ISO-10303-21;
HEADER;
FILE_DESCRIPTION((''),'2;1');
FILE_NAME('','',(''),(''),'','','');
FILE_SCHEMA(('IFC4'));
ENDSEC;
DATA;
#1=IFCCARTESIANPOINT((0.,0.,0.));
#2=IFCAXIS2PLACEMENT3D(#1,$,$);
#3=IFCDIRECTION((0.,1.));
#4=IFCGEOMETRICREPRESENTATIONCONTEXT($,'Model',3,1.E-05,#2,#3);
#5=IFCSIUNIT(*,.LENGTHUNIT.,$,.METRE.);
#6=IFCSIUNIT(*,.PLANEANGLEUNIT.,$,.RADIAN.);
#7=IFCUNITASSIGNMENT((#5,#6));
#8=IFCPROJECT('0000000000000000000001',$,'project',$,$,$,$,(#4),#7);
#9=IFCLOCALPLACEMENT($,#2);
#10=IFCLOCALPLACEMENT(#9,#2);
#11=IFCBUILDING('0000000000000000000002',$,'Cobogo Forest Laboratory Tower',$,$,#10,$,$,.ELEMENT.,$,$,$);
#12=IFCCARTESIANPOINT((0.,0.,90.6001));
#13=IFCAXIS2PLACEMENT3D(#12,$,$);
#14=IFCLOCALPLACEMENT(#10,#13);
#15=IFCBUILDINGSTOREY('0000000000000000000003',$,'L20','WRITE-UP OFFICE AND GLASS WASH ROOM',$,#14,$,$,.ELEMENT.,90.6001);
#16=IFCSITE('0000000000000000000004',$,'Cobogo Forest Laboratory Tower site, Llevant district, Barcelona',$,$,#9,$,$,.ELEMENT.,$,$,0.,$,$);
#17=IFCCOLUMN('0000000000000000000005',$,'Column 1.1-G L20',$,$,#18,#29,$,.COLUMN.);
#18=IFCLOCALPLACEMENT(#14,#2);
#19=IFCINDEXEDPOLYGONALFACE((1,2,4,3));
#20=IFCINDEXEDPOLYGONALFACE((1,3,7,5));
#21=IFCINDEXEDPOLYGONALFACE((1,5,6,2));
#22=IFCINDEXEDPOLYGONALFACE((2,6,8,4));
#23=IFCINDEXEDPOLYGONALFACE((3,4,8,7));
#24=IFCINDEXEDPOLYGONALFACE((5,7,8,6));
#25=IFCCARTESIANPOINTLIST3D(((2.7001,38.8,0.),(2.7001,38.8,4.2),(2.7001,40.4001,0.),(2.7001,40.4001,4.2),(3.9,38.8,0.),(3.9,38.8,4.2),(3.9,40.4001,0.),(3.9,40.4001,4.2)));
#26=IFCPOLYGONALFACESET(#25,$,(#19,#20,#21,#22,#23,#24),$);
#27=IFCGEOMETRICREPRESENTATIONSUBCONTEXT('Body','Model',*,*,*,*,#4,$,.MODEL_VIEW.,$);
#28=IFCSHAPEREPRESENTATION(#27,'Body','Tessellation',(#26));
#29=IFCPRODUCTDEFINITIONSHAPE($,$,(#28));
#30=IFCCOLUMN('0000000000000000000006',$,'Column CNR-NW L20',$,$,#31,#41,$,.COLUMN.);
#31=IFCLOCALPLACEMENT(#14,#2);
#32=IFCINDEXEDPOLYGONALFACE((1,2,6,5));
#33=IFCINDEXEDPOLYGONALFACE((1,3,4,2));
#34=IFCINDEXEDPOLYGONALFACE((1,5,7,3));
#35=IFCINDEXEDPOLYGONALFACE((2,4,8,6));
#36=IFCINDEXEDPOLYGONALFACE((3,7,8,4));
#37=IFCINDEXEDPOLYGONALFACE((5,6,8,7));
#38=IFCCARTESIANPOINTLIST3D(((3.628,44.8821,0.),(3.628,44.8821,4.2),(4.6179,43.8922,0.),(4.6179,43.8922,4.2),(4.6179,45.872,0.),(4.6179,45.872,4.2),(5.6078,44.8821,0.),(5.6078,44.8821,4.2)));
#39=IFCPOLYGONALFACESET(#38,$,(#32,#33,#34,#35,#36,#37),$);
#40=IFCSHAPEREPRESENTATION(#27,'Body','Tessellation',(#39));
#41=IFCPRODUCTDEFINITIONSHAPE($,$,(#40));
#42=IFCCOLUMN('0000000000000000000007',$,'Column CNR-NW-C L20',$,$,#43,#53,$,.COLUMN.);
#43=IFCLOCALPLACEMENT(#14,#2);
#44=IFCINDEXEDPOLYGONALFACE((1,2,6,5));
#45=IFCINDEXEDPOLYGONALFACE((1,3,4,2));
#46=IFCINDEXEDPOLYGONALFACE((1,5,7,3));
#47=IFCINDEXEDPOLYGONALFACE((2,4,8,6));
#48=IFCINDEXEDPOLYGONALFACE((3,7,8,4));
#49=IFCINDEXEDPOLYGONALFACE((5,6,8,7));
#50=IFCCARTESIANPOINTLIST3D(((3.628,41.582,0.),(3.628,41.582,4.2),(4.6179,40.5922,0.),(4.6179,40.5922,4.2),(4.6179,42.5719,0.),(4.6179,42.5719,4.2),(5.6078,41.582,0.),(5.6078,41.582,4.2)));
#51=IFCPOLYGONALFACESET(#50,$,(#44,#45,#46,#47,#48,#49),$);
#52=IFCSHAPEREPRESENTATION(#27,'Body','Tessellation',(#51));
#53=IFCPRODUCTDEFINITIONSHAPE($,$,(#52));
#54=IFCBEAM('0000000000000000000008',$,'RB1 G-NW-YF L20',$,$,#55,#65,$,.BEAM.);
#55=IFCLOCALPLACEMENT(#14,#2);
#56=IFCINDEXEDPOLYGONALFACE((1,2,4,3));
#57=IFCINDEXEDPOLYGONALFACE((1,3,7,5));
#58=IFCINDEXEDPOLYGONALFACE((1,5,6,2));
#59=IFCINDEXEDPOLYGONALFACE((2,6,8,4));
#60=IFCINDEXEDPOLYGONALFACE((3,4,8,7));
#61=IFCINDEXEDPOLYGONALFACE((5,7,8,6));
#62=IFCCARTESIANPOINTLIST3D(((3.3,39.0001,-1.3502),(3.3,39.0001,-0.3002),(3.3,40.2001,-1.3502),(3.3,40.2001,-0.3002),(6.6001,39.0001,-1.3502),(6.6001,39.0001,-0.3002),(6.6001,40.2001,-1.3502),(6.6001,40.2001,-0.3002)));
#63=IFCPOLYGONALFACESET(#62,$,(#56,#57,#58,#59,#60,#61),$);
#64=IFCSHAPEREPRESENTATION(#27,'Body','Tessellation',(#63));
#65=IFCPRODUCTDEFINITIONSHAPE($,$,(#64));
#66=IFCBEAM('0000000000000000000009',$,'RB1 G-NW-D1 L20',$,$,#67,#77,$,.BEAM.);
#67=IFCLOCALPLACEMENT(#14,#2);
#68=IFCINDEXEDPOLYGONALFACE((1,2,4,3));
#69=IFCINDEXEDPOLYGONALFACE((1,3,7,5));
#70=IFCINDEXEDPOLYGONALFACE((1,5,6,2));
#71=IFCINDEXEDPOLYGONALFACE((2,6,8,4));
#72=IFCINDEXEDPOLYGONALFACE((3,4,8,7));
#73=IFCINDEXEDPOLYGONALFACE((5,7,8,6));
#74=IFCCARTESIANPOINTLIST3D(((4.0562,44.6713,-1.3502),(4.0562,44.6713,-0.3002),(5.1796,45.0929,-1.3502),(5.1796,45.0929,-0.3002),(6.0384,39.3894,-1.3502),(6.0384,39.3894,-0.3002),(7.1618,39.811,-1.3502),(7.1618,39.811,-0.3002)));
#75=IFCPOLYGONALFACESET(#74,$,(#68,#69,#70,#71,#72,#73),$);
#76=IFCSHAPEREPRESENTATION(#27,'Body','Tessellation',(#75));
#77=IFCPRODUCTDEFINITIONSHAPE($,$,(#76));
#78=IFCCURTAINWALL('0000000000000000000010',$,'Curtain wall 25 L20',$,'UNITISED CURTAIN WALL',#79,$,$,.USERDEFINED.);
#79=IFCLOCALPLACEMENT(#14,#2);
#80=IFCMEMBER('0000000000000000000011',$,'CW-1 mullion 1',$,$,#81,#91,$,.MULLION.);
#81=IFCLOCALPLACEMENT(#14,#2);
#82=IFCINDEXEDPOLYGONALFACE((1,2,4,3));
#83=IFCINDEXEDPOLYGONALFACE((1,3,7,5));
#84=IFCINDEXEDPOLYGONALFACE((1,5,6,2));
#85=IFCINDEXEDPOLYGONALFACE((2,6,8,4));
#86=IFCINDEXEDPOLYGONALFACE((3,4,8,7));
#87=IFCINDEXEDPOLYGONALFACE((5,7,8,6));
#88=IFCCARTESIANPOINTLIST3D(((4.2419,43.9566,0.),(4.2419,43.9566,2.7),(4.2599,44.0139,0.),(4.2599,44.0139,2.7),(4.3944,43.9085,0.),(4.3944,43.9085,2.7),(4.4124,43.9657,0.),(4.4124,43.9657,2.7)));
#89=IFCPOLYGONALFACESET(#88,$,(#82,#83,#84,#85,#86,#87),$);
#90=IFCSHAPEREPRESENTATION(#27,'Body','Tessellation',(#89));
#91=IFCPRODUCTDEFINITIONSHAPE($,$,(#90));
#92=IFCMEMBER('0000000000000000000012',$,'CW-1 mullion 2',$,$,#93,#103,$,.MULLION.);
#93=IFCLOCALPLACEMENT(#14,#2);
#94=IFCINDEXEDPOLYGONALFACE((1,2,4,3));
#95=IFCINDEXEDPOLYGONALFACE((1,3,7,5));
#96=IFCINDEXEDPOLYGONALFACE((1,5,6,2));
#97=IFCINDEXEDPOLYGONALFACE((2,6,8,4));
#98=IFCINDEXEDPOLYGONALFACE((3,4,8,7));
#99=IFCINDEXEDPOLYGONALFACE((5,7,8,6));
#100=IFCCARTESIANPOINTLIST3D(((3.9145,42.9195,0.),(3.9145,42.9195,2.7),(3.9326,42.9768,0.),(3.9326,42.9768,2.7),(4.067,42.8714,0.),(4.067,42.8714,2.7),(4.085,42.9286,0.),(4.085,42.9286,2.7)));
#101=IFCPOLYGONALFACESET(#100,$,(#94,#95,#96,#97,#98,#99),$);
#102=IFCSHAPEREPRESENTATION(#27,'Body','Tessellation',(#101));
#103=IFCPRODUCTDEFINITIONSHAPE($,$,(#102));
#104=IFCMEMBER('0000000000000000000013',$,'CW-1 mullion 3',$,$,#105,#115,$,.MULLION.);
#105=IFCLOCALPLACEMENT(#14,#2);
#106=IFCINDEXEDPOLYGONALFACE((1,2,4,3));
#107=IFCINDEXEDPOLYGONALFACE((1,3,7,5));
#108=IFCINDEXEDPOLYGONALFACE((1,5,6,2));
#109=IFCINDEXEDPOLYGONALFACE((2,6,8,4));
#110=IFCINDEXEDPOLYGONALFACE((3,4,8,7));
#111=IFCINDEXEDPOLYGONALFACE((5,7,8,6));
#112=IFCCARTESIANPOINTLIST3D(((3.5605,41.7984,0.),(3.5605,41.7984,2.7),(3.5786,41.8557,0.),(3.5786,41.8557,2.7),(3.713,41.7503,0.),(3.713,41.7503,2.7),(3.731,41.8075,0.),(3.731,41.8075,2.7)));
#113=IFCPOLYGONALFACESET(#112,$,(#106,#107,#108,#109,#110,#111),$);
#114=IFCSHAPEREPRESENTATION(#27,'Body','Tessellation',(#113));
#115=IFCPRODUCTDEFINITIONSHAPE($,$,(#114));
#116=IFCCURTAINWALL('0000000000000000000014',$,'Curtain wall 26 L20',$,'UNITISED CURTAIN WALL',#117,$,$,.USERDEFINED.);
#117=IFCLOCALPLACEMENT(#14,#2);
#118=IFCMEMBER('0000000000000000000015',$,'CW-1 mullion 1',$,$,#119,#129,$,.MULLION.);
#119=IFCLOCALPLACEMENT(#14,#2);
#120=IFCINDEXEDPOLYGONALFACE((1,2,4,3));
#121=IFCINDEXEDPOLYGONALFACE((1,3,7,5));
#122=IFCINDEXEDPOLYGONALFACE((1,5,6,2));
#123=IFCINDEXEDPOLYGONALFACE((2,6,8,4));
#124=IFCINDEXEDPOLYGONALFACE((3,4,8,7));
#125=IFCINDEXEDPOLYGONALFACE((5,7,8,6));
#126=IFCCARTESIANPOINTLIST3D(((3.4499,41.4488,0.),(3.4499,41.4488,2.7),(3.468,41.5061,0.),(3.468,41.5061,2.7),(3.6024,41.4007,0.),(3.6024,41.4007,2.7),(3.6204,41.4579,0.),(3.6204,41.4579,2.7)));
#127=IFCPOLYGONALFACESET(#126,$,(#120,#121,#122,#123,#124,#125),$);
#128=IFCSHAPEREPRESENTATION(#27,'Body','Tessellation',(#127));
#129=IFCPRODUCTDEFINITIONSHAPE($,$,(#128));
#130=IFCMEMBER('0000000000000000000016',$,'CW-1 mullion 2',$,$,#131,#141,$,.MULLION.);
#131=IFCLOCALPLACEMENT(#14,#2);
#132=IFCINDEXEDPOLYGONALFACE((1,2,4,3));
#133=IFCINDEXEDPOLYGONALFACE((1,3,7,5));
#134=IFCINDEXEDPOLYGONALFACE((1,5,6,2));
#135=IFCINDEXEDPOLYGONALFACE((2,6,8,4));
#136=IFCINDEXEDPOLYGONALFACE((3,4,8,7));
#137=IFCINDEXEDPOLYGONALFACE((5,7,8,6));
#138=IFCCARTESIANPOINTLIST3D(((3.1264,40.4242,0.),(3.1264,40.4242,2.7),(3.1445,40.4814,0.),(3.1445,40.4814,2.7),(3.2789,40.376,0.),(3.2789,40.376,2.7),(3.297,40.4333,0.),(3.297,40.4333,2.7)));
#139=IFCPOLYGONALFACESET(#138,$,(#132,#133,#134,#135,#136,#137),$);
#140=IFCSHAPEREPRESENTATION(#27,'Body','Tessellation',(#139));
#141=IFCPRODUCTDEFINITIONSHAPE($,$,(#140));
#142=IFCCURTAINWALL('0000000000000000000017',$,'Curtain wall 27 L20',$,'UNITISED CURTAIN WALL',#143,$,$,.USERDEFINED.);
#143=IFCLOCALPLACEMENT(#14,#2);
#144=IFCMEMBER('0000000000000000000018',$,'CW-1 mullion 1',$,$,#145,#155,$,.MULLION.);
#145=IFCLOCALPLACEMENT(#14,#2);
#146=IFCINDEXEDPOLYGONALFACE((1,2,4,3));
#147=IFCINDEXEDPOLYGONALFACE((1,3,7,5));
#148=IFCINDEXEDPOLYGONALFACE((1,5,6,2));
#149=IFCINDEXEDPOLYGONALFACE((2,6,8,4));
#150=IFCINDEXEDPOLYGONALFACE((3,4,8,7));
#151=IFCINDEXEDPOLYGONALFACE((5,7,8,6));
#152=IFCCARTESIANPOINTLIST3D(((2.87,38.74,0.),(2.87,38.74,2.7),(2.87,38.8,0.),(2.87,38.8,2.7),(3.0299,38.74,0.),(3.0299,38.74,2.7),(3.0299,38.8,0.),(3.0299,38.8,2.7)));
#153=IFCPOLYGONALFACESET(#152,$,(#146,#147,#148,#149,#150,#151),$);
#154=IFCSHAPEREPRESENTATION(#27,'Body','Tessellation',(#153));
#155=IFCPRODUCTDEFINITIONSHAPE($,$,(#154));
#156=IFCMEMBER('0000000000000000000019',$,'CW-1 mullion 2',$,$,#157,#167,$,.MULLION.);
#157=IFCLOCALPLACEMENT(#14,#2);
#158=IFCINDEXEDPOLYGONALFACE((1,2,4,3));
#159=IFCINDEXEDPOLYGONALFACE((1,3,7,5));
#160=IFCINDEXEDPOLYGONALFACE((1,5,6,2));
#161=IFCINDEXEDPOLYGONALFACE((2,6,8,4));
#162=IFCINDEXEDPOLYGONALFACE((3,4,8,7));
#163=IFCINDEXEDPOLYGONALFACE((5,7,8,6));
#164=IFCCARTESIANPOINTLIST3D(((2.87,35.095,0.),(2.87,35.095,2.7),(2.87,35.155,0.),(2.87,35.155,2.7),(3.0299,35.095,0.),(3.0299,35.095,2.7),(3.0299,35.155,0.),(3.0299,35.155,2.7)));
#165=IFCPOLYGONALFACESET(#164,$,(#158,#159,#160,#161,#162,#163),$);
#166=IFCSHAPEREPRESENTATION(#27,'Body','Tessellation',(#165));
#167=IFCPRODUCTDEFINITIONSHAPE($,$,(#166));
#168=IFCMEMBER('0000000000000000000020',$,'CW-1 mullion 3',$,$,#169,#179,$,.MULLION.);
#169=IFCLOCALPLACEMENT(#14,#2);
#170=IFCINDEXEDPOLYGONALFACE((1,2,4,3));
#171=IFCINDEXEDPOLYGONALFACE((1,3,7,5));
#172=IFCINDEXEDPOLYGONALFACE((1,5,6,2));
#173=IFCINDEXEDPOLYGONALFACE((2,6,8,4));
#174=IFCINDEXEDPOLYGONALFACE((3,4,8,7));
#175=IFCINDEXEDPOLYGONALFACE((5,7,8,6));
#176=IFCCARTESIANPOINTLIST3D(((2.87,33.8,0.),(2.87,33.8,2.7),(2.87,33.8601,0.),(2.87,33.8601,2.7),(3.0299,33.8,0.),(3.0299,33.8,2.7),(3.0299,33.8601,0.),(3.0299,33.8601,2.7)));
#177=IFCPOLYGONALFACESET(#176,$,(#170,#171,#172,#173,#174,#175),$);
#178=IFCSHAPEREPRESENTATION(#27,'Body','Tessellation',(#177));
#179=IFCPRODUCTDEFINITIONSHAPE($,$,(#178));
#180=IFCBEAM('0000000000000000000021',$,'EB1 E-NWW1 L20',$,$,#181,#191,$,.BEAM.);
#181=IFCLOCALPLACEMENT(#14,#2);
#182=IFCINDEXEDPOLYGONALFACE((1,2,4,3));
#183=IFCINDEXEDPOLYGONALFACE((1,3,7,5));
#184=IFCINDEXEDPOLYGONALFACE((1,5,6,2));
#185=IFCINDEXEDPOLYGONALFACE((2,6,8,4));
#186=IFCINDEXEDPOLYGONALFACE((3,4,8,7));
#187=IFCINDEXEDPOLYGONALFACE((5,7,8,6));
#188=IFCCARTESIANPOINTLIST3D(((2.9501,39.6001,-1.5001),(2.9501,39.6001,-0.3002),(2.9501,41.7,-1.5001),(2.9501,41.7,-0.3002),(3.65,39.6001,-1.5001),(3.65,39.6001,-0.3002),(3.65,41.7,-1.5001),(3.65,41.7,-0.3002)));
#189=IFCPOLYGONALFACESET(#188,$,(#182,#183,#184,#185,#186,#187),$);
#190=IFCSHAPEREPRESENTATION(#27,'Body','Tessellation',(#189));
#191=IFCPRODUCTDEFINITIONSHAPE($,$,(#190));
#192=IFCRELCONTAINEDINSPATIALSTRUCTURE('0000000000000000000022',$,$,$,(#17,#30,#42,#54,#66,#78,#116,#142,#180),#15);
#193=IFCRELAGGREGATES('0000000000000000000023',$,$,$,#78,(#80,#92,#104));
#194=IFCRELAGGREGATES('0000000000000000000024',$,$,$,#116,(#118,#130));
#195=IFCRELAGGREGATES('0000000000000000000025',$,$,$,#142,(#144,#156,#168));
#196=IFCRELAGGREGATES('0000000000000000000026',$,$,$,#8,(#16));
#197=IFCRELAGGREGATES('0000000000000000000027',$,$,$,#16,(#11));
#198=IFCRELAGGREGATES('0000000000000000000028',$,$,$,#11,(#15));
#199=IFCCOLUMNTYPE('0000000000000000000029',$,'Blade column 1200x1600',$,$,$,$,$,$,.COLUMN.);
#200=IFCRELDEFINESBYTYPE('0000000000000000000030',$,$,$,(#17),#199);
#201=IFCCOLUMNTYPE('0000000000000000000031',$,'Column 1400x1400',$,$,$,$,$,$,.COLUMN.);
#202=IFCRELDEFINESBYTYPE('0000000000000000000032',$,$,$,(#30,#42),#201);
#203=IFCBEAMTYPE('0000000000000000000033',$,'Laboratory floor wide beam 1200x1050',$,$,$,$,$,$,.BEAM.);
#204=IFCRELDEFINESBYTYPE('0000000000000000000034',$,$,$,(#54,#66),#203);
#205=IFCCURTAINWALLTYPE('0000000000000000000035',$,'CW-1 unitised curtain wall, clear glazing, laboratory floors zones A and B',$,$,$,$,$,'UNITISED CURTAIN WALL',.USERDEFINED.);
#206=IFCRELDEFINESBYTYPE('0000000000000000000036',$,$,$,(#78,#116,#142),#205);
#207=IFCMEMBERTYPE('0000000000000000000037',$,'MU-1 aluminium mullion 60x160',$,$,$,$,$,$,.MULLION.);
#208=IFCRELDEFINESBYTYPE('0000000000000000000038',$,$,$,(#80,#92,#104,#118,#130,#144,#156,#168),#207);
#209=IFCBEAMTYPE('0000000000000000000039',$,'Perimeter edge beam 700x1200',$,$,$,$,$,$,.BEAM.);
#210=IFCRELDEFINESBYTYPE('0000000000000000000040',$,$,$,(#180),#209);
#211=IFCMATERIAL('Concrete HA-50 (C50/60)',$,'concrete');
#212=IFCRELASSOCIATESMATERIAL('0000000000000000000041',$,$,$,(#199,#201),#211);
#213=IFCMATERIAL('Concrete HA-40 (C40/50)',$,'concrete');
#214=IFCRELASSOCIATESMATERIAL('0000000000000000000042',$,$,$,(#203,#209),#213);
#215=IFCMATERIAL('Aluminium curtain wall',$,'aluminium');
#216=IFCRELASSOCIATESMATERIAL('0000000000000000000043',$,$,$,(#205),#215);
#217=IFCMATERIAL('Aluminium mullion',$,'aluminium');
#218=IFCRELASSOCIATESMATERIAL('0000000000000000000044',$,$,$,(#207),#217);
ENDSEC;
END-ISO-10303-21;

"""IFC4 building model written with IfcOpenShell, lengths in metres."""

from ifc_helpers import new_model, si_unit, direction, frame, origin, origin_2d, place, context, subcontext, project, spatial, rectangle, extrude, material, material_profile, profile_set, type_object, element, aggregate, save


model = new_model("IFC4")

# Units and contexts
model_context = context("Model", 3, precision=1e-05, world=origin(), true_north=direction((0.0, 1.0)))
body_context = subcontext(model_context, "Body", "Model", "MODEL_VIEW")
ifc_project = project(units=[si_unit("LENGTHUNIT", "METRE"), si_unit("PLANEANGLEUNIT", "RADIAN")], contexts=[model_context])

# Site, building, storey
site_placement = place(None, origin())
site = spatial("IfcSite", under=ifc_project, at=site_placement, Name="Cobogo Forest Laboratory Tower site, Llevant district, Barcelona", CompositionType="ELEMENT", RefElevation=0.0)
building_placement = place(site_placement, origin())
building = spatial("IfcBuilding", under=site, at=building_placement, Name="Cobogo Forest Laboratory Tower", CompositionType="ELEMENT")
storey_placement = place(building_placement, frame((0.0, 0.0, 90.6001)))
storey = spatial("IfcBuildingStorey", under=building, at=storey_placement, Name="L20", Description="WRITE-UP OFFICE AND GLASS WASH ROOM", CompositionType="ELEMENT", Elevation=90.6001)

# Columns
ifc_material_1 = material(Name="Concrete HA-50 (C50/60)", Category="concrete")
ifc_material_profile_1 = material_profile(ifc_material_1, rectangle(XDim=1.6001, YDim=1.2, at=origin_2d()), Name="RC 1200x1600")
ifc_profile_set_1 = profile_set([ifc_material_profile_1], Name="Concrete HA-50 (C50/60)")
column_type_1 = type_object("IfcColumnType", Name="Blade column 1200x1600", PredefinedType="COLUMN", material=ifc_profile_set_1)
column_placement = place(storey_placement, frame((3.3, 39.6001, 0.0), z_axis=(0.0, 0.0, 1.0), x_axis=(0.0, 1.0, 0.0)))
element("IfcColumn", 1, at=column_placement, inside=storey, type_object=column_type_1, Name="Column 1.1-G L20", PredefinedType="COLUMN", context=body_context, shape_type="SweptSolid", body=[
    extrude(rectangle(XDim=1.6001, YDim=1.2, at=origin_2d()), origin(), (0.0, 0.0, 1.0), 4.2),
])
ifc_material_profile_2 = material_profile(ifc_material_1, rectangle(XDim=1.3999, YDim=1.3999, at=origin_2d()), Name="RC 1400x1400")
ifc_profile_set_2 = profile_set([ifc_material_profile_2], Name="Concrete HA-50 (C50/60)")
column_type_2 = type_object("IfcColumnType", Name="Column 1400x1400", PredefinedType="COLUMN", material=ifc_profile_set_2)
for number, where, z_axis, x_axis, name in (
    (2, (4.6179, 44.8821, 0.0), (0.0, 0.0, 1.0), (0.707107, 0.707107, 0.0), "Column CNR-NW L20"),
    (3, (4.6179, 41.582, 0.0), (0.0, 0.0, 1.0), (0.707107, 0.707107, 0.0), "Column CNR-NW-C L20"),
):
    element("IfcColumn", number, at=place(storey_placement, frame(where, z_axis=z_axis, x_axis=x_axis)), inside=storey, type_object=column_type_2, Name=name, PredefinedType="COLUMN", context=body_context, shape_type="SweptSolid", body=[
        extrude(rectangle(XDim=1.3999, YDim=1.3999, at=origin_2d()), origin(), (0.0, 0.0, 1.0), 4.2),
    ])

# Beams
ifc_material_2 = material(Name="Concrete HA-40 (C40/50)", Category="concrete")
ifc_material_profile_3 = material_profile(ifc_material_2, rectangle(XDim=1.2, YDim=1.05, at=origin_2d()), Name="RC 1200x1050")
ifc_profile_set_3 = profile_set([ifc_material_profile_3], Name="Concrete HA-40 (C40/50)")
beam_type_1 = type_object("IfcBeamType", Name="Laboratory floor wide beam 1200x1050", PredefinedType="BEAM", material=ifc_profile_set_3)
beam_1_placement = place(storey_placement, frame((3.3, 39.6001, -0.8252), z_axis=(1.0, 0.0, 0.0), x_axis=(0.0, 1.0, 0.0)))
element("IfcBeam", 4, at=beam_1_placement, inside=storey, type_object=beam_type_1, Name="RB1 G-NW-YF L20", PredefinedType="BEAM", context=body_context, shape_type="SweptSolid", body=[
    extrude(rectangle(XDim=1.2, YDim=1.05, at=origin_2d()), origin(), (0.0, 0.0, 1.0), 3.3),
])
beam_2_placement = place(storey_placement, frame((4.6179, 44.8821, -0.8252), z_axis=(0.351346, -0.936246, 0.0), x_axis=(0.936246, 0.351346, 0.0)))
element("IfcBeam", 5, at=beam_2_placement, inside=storey, type_object=beam_type_1, Name="RB1 G-NW-D1 L20", PredefinedType="BEAM", context=body_context, shape_type="SweptSolid", body=[
    extrude(rectangle(XDim=1.2, YDim=1.05, at=origin_2d()), origin(), (0.0, 0.0, 1.0), 5.6416),
])

# Curtain walls, members
ifc_material_3 = material(Name="Aluminium curtain wall", Category="aluminium")
curtain_wall_type = type_object("IfcCurtainWallType", Name="CW-1 unitised curtain wall, clear glazing, laboratory floors zones A and B", ElementType="UNITISED CURTAIN WALL", PredefinedType="USERDEFINED", material=ifc_material_3)
curtain_wall_1_placement = place(storey_placement, origin())
curtain_wall_1 = element("IfcCurtainWall", 6, at=curtain_wall_1_placement, inside=storey, type_object=curtain_wall_type, Name="Curtain wall 25 L20", ObjectType="UNITISED CURTAIN WALL", PredefinedType="USERDEFINED")
ifc_material_4 = material(Name="Aluminium mullion", Category="aluminium")
ifc_material_profile_4 = material_profile(ifc_material_4, rectangle(XDim=0.0601, YDim=0.1599, at=origin_2d()), Name="AL 60x160")
ifc_profile_set_4 = profile_set([ifc_material_profile_4], Name="Aluminium mullion")
member_type_1 = type_object("IfcMemberType", Name="MU-1 aluminium mullion 60x160", PredefinedType="MULLION", material=ifc_profile_set_4)
member_1_placement = place(storey_placement, frame((4.3271, 43.9612, 0.0), z_axis=(0.0, 0.0, 1.0), x_axis=(-0.301135, -0.953581, 0.0)))
member_1 = element("IfcMember", 7, at=member_1_placement, type_object=member_type_1, Name="CW-1 mullion 1", PredefinedType="MULLION", context=body_context, shape_type="SweptSolid", body=[
    extrude(rectangle(XDim=0.0601, YDim=0.1599, at=origin_2d()), origin(), (0.0, 0.0, 1.0), 2.7),
])
member_2_placement = place(storey_placement, frame((3.9998, 42.9241, 0.0), z_axis=(0.0, 0.0, 1.0), x_axis=(-0.301135, -0.953581, 0.0)))
member_2 = element("IfcMember", 8, at=member_2_placement, type_object=member_type_1, Name="CW-1 mullion 2", PredefinedType="MULLION", context=body_context, shape_type="SweptSolid", body=[
    extrude(rectangle(XDim=0.0601, YDim=0.1599, at=origin_2d()), origin(), (0.0, 0.0, 1.0), 2.7),
])
member_3_placement = place(storey_placement, frame((3.6458, 41.803, 0.0), z_axis=(0.0, 0.0, 1.0), x_axis=(-0.301135, -0.953581, 0.0)))
member_3 = element("IfcMember", 9, at=member_3_placement, type_object=member_type_1, Name="CW-1 mullion 3", PredefinedType="MULLION", context=body_context, shape_type="SweptSolid", body=[
    extrude(rectangle(XDim=0.0601, YDim=0.1599, at=origin_2d()), origin(), (0.0, 0.0, 1.0), 2.7),
])
curtain_wall_2_placement = place(storey_placement, origin())
curtain_wall_2 = element("IfcCurtainWall", 10, at=curtain_wall_2_placement, inside=storey, type_object=curtain_wall_type, Name="Curtain wall 26 L20", ObjectType="UNITISED CURTAIN WALL", PredefinedType="USERDEFINED")
member_4_placement = place(storey_placement, frame((3.5352, 41.4534, 0.0), z_axis=(0.0, 0.0, 1.0), x_axis=(-0.301136, -0.953581, 0.0)))
member_4 = element("IfcMember", 11, at=member_4_placement, type_object=member_type_1, Name="CW-1 mullion 1", PredefinedType="MULLION", context=body_context, shape_type="SweptSolid", body=[
    extrude(rectangle(XDim=0.0601, YDim=0.1599, at=origin_2d()), origin(), (0.0, 0.0, 1.0), 2.7),
])
member_5_placement = place(storey_placement, frame((3.2117, 40.4287, 0.0), z_axis=(0.0, 0.0, 1.0), x_axis=(-0.301136, -0.953581, 0.0)))
member_5 = element("IfcMember", 12, at=member_5_placement, type_object=member_type_1, Name="CW-1 mullion 2", PredefinedType="MULLION", context=body_context, shape_type="SweptSolid", body=[
    extrude(rectangle(XDim=0.0601, YDim=0.1599, at=origin_2d()), origin(), (0.0, 0.0, 1.0), 2.7),
])
curtain_wall_3_placement = place(storey_placement, origin())
curtain_wall_3 = element("IfcCurtainWall", 13, at=curtain_wall_3_placement, inside=storey, type_object=curtain_wall_type, Name="Curtain wall 27 L20", ObjectType="UNITISED CURTAIN WALL", PredefinedType="USERDEFINED")
member_6_placement = place(storey_placement, frame((2.95, 38.77, 0.0), z_axis=(0.0, 0.0, 1.0), x_axis=(0.0, -1.0, 0.0)))
member_6 = element("IfcMember", 14, at=member_6_placement, type_object=member_type_1, Name="CW-1 mullion 1", PredefinedType="MULLION", context=body_context, shape_type="SweptSolid", body=[
    extrude(rectangle(XDim=0.0601, YDim=0.1599, at=origin_2d()), origin(), (0.0, 0.0, 1.0), 2.7),
])
member_7_placement = place(storey_placement, frame((2.95, 35.125, 0.0), z_axis=(0.0, 0.0, 1.0), x_axis=(0.0, -1.0, 0.0)))
member_7 = element("IfcMember", 15, at=member_7_placement, type_object=member_type_1, Name="CW-1 mullion 2", PredefinedType="MULLION", context=body_context, shape_type="SweptSolid", body=[
    extrude(rectangle(XDim=0.0601, YDim=0.1599, at=origin_2d()), origin(), (0.0, 0.0, 1.0), 2.7),
])
member_8_placement = place(storey_placement, frame((2.95, 33.8301, 0.0), z_axis=(0.0, 0.0, 1.0), x_axis=(0.0, -1.0, 0.0)))
member_8 = element("IfcMember", 16, at=member_8_placement, type_object=member_type_1, Name="CW-1 mullion 3", PredefinedType="MULLION", context=body_context, shape_type="SweptSolid", body=[
    extrude(rectangle(XDim=0.0601, YDim=0.1599, at=origin_2d()), origin(), (0.0, 0.0, 1.0), 2.7),
])

# Beam
ifc_material_profile_5 = material_profile(ifc_material_2, rectangle(XDim=0.7, YDim=1.2, at=origin_2d()), Name="RC 700x1200")
ifc_profile_set_5 = profile_set([ifc_material_profile_5], Name="Concrete HA-40 (C40/50)")
beam_type_2 = type_object("IfcBeamType", Name="Perimeter edge beam 700x1200", PredefinedType="BEAM", material=ifc_profile_set_5)
beam_3_placement = place(storey_placement, frame((3.3, 39.6001, -0.9001), z_axis=(0.0, 1.0, 0.0), x_axis=(-1.0, 0.0, 0.0)))
element("IfcBeam", 17, at=beam_3_placement, inside=storey, type_object=beam_type_2, Name="EB1 E-NWW1 L20", PredefinedType="BEAM", context=body_context, shape_type="SweptSolid", body=[
    extrude(rectangle(XDim=0.7, YDim=1.2, at=origin_2d()), origin(), (0.0, 0.0, 1.0), 2.0999),
])

aggregate(curtain_wall_1, [member_1, member_2, member_3])
aggregate(curtain_wall_2, [member_4, member_5])
aggregate(curtain_wall_3, [member_6, member_7, member_8])

save(model, "model.ifc")
